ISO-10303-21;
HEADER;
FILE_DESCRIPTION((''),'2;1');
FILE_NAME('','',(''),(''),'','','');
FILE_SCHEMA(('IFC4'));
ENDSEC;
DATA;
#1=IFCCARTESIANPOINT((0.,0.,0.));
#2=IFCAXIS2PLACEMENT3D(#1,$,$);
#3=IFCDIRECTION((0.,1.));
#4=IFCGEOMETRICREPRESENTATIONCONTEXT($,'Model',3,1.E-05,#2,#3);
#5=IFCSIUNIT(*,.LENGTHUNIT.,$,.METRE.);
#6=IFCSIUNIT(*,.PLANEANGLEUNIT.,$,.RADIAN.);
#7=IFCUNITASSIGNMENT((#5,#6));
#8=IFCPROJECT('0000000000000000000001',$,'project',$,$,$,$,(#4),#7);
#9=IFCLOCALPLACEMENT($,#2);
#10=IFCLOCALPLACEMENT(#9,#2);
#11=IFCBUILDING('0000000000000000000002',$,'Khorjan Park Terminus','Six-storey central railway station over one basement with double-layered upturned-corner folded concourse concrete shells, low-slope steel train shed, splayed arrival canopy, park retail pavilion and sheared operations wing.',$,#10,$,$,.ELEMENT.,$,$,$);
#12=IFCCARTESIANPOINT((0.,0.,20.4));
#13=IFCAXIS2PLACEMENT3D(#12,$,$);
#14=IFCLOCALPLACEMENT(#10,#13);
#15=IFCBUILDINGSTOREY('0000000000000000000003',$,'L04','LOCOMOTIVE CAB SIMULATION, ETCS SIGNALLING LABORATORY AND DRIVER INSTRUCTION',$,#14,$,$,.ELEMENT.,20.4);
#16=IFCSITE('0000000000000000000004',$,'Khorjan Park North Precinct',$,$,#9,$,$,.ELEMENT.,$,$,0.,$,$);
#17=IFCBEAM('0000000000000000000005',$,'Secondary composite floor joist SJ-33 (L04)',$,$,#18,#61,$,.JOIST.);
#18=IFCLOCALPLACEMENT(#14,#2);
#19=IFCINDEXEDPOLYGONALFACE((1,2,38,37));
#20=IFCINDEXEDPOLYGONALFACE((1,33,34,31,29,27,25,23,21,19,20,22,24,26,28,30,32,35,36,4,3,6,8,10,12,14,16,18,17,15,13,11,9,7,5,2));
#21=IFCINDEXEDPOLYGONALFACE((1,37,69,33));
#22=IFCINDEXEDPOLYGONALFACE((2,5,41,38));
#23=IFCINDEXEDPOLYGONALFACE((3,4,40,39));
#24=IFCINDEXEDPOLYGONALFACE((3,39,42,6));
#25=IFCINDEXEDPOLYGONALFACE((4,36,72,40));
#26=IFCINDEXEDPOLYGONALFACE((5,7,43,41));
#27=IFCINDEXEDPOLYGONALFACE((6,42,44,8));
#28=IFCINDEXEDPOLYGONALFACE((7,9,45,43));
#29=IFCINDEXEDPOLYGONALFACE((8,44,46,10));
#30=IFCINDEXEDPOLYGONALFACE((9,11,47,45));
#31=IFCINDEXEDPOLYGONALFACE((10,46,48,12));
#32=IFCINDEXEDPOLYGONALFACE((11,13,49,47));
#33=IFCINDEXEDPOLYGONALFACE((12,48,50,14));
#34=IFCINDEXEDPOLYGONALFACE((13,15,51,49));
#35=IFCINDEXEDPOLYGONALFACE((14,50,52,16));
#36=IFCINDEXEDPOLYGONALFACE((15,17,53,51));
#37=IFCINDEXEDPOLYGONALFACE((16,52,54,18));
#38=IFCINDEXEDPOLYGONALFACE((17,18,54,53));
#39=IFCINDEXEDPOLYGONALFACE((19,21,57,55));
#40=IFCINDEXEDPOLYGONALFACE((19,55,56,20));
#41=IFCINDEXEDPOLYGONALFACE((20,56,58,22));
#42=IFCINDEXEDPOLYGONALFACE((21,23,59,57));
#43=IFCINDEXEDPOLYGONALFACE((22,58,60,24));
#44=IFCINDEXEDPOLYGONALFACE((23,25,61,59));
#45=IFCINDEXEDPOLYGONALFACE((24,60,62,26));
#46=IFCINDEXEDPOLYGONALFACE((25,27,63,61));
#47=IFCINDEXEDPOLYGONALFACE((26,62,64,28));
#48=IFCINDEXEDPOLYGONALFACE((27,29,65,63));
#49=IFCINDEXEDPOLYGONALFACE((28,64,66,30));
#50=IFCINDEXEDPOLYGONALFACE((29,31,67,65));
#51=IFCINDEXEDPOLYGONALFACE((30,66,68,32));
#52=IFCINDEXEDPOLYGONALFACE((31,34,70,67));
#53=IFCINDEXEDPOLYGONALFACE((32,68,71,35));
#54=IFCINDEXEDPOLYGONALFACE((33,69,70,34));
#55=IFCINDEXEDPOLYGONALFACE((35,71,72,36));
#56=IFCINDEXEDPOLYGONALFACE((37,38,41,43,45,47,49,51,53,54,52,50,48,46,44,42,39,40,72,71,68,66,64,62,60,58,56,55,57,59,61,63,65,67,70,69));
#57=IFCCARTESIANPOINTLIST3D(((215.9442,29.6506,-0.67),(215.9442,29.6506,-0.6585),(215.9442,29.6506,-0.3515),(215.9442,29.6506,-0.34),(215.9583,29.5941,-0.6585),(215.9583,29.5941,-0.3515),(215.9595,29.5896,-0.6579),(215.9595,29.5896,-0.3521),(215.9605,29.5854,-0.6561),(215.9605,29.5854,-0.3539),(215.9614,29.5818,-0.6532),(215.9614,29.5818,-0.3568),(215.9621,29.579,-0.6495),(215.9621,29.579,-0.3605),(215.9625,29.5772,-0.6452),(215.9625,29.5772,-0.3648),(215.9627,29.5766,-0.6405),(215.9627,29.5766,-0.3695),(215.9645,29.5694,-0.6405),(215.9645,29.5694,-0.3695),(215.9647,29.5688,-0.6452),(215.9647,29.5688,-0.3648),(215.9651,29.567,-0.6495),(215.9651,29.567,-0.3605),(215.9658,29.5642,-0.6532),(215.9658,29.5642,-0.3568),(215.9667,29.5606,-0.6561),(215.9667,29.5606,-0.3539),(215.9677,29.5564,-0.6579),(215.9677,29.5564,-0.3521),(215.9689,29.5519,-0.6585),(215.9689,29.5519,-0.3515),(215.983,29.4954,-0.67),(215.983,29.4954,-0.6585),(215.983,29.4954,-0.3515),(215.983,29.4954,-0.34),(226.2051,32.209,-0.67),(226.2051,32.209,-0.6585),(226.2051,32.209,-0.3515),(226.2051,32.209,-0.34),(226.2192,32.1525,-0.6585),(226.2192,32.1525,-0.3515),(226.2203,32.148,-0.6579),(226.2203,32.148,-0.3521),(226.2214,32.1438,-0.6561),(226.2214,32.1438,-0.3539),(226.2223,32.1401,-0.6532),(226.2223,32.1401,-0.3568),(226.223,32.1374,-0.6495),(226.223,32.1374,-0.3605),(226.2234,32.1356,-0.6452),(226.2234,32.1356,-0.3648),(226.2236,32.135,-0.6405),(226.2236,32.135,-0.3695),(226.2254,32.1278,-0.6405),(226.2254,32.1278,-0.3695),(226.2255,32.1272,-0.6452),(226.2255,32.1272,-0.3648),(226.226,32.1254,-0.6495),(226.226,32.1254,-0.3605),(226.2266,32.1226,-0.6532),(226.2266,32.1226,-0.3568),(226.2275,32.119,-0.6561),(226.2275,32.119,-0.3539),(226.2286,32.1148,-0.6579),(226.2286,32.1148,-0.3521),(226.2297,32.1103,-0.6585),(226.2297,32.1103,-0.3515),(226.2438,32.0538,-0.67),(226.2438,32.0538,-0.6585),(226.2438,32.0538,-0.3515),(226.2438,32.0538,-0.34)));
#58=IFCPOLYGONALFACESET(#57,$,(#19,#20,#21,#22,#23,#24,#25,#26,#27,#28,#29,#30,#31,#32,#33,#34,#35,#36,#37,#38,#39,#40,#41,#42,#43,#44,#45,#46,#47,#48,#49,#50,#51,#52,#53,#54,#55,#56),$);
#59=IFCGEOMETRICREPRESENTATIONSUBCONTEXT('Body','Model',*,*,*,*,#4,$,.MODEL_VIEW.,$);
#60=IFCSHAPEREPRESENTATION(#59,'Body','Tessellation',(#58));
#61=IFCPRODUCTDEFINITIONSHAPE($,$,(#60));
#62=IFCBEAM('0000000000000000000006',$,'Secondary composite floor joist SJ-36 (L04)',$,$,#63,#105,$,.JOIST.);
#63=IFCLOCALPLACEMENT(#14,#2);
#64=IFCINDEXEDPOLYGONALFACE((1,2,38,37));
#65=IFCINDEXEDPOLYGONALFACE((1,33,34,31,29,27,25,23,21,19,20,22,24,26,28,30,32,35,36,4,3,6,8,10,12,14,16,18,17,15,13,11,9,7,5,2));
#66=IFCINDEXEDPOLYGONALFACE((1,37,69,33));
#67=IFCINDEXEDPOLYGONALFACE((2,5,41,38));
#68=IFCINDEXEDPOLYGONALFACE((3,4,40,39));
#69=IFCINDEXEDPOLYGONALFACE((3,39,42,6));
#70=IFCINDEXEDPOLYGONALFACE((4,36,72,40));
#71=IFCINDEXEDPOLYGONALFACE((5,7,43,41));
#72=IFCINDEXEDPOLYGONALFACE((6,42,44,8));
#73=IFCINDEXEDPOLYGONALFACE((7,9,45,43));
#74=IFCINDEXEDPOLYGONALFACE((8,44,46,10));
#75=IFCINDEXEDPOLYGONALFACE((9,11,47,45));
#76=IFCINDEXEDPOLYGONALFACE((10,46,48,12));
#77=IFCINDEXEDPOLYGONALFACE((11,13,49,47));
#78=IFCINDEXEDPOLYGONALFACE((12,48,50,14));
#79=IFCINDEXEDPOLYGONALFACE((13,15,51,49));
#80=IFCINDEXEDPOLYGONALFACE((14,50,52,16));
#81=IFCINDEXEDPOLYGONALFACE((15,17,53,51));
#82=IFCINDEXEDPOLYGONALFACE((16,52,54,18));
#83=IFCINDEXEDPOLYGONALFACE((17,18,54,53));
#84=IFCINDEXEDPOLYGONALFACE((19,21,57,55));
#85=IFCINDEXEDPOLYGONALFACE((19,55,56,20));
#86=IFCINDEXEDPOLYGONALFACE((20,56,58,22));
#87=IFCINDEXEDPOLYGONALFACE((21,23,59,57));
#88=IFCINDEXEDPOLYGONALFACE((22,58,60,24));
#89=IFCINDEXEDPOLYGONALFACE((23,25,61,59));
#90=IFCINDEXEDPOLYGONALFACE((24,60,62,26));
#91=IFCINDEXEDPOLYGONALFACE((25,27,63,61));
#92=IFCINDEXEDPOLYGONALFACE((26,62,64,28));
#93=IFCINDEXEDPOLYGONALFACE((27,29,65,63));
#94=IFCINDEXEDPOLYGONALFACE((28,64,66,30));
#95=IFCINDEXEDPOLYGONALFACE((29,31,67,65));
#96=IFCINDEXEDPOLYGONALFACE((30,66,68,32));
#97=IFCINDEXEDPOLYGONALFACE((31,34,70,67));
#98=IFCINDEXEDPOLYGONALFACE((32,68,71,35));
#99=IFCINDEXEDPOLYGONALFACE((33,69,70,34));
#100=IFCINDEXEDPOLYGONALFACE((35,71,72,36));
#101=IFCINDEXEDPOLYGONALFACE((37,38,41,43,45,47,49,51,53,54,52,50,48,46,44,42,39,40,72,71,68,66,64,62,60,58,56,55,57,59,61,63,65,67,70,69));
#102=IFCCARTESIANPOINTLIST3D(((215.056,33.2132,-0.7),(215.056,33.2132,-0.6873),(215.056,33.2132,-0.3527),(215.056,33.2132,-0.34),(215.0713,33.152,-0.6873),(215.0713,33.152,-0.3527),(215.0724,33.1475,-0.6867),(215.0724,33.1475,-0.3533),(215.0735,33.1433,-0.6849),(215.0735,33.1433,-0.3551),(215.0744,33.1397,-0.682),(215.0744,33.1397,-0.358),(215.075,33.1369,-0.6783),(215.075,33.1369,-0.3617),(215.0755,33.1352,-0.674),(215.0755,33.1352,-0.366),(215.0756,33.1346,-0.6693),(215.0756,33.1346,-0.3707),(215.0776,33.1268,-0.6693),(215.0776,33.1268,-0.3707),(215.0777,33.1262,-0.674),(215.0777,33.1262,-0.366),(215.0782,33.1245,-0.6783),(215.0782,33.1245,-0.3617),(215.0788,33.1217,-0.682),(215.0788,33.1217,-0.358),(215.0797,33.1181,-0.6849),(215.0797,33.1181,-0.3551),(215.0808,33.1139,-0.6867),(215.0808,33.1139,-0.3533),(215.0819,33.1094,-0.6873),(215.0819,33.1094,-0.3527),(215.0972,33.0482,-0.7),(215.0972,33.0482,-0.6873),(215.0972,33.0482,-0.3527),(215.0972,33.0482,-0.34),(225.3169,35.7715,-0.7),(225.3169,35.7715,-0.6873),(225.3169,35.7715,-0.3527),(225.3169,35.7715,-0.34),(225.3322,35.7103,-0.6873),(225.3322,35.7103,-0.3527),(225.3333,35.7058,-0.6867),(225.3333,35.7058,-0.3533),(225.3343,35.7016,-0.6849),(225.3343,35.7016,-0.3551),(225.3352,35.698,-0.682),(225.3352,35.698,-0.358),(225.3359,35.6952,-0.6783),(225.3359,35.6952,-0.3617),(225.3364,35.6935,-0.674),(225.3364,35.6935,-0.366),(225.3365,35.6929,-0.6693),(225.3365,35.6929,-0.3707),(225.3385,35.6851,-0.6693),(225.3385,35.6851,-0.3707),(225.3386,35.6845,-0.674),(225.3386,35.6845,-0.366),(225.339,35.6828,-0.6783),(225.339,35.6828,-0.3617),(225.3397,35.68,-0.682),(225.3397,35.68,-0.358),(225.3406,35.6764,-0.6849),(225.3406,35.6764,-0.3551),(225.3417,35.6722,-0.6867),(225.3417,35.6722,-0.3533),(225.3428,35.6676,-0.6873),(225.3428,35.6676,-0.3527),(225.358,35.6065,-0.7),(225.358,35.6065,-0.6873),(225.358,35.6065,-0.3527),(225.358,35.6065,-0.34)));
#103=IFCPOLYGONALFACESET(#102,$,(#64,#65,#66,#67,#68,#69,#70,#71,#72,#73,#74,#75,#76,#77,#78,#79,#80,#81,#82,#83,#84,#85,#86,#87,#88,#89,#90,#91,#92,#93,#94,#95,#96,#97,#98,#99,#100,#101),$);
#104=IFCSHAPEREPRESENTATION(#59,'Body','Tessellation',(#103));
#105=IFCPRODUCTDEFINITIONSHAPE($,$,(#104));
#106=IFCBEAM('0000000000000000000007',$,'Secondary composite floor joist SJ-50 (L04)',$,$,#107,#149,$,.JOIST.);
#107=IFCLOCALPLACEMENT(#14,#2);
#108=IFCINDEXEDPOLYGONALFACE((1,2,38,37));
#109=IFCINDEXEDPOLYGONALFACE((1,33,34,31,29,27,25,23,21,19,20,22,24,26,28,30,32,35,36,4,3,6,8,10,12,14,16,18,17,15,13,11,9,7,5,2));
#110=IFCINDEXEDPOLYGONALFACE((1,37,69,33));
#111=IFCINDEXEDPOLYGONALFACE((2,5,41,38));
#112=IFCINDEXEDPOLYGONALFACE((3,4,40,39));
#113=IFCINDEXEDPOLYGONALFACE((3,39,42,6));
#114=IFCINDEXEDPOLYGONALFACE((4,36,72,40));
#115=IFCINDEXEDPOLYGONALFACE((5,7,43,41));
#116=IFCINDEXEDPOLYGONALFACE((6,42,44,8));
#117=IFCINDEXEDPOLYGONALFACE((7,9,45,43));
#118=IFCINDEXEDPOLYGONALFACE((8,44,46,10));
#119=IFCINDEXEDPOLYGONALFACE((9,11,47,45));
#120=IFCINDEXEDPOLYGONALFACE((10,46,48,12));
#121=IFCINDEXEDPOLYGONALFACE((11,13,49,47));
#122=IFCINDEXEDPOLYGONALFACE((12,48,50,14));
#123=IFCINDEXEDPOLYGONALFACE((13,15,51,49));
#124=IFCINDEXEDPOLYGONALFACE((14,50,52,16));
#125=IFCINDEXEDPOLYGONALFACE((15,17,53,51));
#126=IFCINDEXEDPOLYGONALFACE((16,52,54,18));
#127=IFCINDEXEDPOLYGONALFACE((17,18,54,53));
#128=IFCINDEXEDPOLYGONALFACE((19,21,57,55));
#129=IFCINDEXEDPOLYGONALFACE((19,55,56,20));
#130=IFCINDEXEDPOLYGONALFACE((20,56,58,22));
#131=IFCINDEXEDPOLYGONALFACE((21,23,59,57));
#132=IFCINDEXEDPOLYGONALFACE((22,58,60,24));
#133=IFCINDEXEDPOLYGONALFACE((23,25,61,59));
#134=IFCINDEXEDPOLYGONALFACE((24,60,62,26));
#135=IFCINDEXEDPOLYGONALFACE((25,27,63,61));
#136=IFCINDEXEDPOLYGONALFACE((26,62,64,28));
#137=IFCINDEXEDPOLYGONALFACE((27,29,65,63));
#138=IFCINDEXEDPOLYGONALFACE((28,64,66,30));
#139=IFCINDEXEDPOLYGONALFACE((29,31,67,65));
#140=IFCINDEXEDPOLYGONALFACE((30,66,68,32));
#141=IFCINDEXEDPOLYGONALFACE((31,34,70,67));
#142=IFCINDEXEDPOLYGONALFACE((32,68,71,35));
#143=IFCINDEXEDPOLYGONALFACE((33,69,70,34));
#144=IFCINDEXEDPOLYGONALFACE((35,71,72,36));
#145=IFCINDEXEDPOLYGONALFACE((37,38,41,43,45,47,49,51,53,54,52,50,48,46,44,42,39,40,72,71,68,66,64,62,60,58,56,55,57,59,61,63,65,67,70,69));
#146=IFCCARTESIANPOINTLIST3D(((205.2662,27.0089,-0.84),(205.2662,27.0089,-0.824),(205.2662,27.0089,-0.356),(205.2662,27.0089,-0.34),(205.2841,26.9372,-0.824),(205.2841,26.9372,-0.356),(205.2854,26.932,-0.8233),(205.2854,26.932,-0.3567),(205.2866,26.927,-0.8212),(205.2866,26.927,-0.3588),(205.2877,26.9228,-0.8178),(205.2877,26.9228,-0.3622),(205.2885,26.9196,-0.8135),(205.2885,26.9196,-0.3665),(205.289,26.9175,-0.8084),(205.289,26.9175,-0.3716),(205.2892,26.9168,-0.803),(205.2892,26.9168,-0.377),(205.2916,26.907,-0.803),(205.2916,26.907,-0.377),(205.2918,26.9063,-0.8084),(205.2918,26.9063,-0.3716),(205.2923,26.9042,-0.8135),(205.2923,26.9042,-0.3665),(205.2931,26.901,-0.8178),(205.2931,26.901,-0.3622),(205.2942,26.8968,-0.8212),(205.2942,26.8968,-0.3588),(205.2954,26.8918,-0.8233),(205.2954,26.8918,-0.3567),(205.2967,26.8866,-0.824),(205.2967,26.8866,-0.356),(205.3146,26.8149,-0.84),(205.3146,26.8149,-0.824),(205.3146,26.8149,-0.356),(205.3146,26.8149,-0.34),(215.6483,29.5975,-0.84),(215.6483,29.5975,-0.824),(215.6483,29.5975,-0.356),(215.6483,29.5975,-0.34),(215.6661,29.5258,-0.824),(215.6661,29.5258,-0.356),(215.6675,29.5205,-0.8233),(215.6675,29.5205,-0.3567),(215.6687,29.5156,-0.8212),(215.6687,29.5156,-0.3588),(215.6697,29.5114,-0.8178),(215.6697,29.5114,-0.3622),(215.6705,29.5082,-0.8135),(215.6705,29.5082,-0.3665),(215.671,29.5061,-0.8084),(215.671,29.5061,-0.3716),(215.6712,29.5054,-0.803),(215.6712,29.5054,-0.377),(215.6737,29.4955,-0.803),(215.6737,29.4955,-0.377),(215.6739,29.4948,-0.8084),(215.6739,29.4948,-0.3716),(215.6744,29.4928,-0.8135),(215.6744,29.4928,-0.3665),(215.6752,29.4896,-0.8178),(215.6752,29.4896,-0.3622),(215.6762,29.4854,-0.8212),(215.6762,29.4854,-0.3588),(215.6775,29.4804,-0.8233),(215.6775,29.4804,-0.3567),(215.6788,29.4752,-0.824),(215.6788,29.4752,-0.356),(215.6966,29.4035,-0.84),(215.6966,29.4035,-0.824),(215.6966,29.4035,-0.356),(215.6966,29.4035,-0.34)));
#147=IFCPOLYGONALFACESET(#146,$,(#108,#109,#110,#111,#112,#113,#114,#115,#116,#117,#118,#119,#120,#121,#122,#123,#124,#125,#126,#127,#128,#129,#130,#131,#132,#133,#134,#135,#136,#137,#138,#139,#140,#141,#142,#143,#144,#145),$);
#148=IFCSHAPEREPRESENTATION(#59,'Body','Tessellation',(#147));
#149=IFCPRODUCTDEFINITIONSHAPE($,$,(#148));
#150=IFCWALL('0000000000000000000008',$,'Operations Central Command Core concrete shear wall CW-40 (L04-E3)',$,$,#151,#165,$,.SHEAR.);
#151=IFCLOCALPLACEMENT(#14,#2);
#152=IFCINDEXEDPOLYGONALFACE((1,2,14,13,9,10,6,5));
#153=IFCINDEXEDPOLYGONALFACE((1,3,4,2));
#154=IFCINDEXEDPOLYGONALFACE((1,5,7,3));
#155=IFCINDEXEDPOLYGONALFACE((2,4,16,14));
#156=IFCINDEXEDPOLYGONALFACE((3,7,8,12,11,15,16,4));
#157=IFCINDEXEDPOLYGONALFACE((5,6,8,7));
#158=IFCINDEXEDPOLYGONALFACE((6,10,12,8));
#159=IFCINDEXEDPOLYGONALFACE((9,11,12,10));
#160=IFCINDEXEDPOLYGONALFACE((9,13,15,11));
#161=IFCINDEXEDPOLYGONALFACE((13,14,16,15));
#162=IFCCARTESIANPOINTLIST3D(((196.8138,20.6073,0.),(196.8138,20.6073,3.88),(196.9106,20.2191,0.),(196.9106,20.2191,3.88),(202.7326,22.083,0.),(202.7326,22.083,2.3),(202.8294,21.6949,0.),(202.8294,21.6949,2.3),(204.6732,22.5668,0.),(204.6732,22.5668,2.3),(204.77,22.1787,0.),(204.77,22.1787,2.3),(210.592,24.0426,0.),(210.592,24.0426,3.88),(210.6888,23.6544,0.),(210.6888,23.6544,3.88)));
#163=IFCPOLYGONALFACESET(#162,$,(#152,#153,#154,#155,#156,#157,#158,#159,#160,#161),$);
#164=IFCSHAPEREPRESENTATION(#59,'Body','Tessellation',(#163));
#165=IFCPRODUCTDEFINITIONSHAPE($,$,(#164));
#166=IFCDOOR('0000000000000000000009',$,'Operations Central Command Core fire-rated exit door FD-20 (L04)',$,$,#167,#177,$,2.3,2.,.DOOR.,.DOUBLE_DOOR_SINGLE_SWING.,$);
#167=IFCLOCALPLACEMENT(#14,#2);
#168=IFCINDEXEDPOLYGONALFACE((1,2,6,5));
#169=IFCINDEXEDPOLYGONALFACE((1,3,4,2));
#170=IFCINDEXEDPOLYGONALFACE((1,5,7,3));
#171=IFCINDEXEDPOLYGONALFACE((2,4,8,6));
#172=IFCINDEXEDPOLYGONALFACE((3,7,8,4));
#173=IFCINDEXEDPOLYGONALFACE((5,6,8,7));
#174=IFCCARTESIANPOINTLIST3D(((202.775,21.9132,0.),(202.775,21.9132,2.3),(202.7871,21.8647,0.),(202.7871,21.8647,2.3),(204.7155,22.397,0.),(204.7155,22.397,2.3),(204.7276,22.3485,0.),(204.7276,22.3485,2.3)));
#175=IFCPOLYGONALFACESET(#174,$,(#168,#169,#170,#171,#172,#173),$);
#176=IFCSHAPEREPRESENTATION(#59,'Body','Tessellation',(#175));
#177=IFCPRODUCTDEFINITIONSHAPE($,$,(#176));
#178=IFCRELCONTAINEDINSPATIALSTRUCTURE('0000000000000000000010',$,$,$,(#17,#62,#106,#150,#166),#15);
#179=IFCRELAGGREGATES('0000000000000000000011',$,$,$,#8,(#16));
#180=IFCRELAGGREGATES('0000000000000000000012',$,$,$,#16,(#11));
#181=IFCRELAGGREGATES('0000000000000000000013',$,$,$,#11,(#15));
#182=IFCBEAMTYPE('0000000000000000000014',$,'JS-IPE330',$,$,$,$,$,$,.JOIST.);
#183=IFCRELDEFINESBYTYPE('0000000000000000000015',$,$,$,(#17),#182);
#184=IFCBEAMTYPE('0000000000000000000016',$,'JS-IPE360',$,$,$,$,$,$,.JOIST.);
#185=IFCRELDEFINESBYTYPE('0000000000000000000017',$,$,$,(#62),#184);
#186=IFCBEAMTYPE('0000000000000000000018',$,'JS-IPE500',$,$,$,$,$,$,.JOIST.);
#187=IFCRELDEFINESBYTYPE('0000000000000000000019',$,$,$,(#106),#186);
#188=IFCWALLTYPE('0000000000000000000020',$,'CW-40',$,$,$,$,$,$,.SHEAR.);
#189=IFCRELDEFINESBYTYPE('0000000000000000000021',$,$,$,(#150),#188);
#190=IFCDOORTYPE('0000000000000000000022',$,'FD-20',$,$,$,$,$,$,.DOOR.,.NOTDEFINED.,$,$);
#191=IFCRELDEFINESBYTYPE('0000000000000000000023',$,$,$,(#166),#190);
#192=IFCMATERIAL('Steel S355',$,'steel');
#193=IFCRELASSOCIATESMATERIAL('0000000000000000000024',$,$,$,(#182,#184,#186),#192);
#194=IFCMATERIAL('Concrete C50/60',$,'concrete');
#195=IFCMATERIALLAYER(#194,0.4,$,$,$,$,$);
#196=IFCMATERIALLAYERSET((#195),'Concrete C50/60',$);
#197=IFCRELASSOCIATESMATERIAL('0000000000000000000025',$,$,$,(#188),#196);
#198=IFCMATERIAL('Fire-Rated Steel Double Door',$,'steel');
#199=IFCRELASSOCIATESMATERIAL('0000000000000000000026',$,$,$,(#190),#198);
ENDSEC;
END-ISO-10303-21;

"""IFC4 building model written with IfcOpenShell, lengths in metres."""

from ifc_helpers import new_model, si_unit, direction, frame, frame_2d, origin, origin_2d, place, context, subcontext, project, spatial, rectangle, i_section, extrude, material, layer, layer_set, material_profile, profile_set, type_object, element, fill, save


model = new_model("IFC4")

# Units and contexts
model_context = context("Model", 3, precision=1e-05, world=origin(), true_north=direction((0.0, 1.0)))
body_context = subcontext(model_context, "Body", "Model", "MODEL_VIEW")
ifc_project = project(units=[si_unit("LENGTHUNIT", "METRE"), si_unit("PLANEANGLEUNIT", "RADIAN")], contexts=[model_context])

# Site, building, storey
site_placement = place(None, origin())
site = spatial("IfcSite", under=ifc_project, at=site_placement, Name="Khorjan Park North Precinct", CompositionType="ELEMENT", RefElevation=0.0)
building_placement = place(site_placement, origin())
building = spatial("IfcBuilding", under=site, at=building_placement, Name="Khorjan Park Terminus", Description="Six-storey central railway station over one basement with double-layered upturned-corner folded concourse concrete shells, low-slope steel train shed, splayed arrival canopy, park retail pavilion and sheared operations wing.", CompositionType="ELEMENT")
storey_placement = place(building_placement, frame((0.0, 0.0, 20.4)))
storey = spatial("IfcBuildingStorey", under=building, at=storey_placement, Name="L04", Description="LOCOMOTIVE CAB SIMULATION, ETCS SIGNALLING LABORATORY AND DRIVER INSTRUCTION", CompositionType="ELEMENT", Elevation=20.4)

# Shared definitions
ifc_material_1 = material(Name="Concrete C50/60", Category="concrete")

# Beams
ifc_material_2 = material(Name="Steel S355", Category="steel")
ifc_material_profile_1 = material_profile(ifc_material_2, i_section(OverallWidth=0.16, OverallDepth=0.33, WebThickness=0.0075, FlangeThickness=0.0115, FilletRadius=0.018, at=origin_2d()), Name="IPE 330")
ifc_profile_set_1 = profile_set([ifc_material_profile_1], Name="Steel S355")
beam_type_1 = type_object("IfcBeamType", Name="JS-IPE330", PredefinedType="JOIST", material=ifc_profile_set_1)
beam_1_placement = place(storey_placement, frame((215.9636, 29.573, -0.505), z_axis=(0.970294, 0.241928, 0.0), x_axis=(-0.241928, 0.970294, 0.0)))
element("IfcBeam", 1, at=beam_1_placement, inside=storey, type_object=beam_type_1, Name="Secondary composite floor joist SJ-33 (L04)", PredefinedType="JOIST", context=body_context, shape_type="SweptSolid", body=[
    extrude(i_section(OverallWidth=0.16, OverallDepth=0.33, WebThickness=0.0075, FlangeThickness=0.0115, FilletRadius=0.018, at=origin_2d()), origin(), (0.0, 0.0, 1.0), 10.575),
])
ifc_material_profile_2 = material_profile(ifc_material_2, i_section(OverallWidth=0.17, OverallDepth=0.36, WebThickness=0.008, FlangeThickness=0.0127, FilletRadius=0.018, at=origin_2d()), Name="IPE 360")
ifc_profile_set_2 = profile_set([ifc_material_profile_2], Name="Steel S355")
beam_type_2 = type_object("IfcBeamType", Name="JS-IPE360", PredefinedType="JOIST", material=ifc_profile_set_2)
beam_2_placement = place(storey_placement, frame((215.0766, 33.1307, -0.52), z_axis=(0.970296, 0.241919, 0.0), x_axis=(-0.241919, 0.970296, 0.0)))
element("IfcBeam", 2, at=beam_2_placement, inside=storey, type_object=beam_type_2, Name="Secondary composite floor joist SJ-36 (L04)", PredefinedType="JOIST", context=body_context, shape_type="SweptSolid", body=[
    extrude(i_section(OverallWidth=0.17, OverallDepth=0.36, WebThickness=0.008, FlangeThickness=0.0127, FilletRadius=0.018, at=origin_2d()), origin(), (0.0, 0.0, 1.0), 10.575),
])
ifc_material_profile_3 = material_profile(ifc_material_2, i_section(OverallWidth=0.2, OverallDepth=0.5, WebThickness=0.0102, FlangeThickness=0.016, FilletRadius=0.021, at=origin_2d()), Name="IPE 500")
ifc_profile_set_3 = profile_set([ifc_material_profile_3], Name="Steel S355")
beam_type_3 = type_object("IfcBeamType", Name="JS-IPE500", PredefinedType="JOIST", material=ifc_profile_set_3)
beam_3_placement = place(storey_placement, frame((205.2904, 26.9119, -0.59), z_axis=(0.970295, 0.241926, 0.0), x_axis=(-0.241926, 0.970295, 0.0)))
element("IfcBeam", 3, at=beam_3_placement, inside=storey, type_object=beam_type_3, Name="Secondary composite floor joist SJ-50 (L04)", PredefinedType="JOIST", context=body_context, shape_type="SweptSolid", body=[
    extrude(i_section(OverallWidth=0.2, OverallDepth=0.5, WebThickness=0.0102, FlangeThickness=0.016, FilletRadius=0.021, at=origin_2d()), origin(), (0.0, 0.0, 1.0), 10.6999),
])

# Wall, opening, door
ifc_layer_1 = layer(ifc_material_1, 0.4)
ifc_layer_set_1 = layer_set([ifc_layer_1], Name="Concrete C50/60")
wall_type_1 = type_object("IfcWallType", Name="CW-40", PredefinedType="SHEAR", material=ifc_layer_set_1)
wall_1_placement = place(storey_placement, frame((210.6404, 23.8485, 0.0), z_axis=(0.0, 0.0, 1.0), x_axis=(-0.970296, -0.241922, 0.0)))
wall_1 = element("IfcWall", 4, at=wall_1_placement, inside=storey, type_object=wall_type_1, Name="Operations Central Command Core concrete shear wall CW-40 (L04-E3)", PredefinedType="SHEAR", context=body_context, shape_type="SweptSolid", body=[
    extrude(rectangle(XDim=14.2, YDim=0.4, at=frame_2d((7.1, 0.0))), origin(), (0.0, 0.0, 1.0), 3.88),
])
opening_1_placement = place(wall_1_placement, frame((6.1, 0.0, 0.0)))
opening_1 = element("IfcOpeningElement", 5, at=opening_1_placement, cuts=wall_1, PredefinedType="OPENING", context=body_context, shape_type="SweptSolid", body=[
    extrude(rectangle(XDim=2.0, YDim=2.3, at=frame_2d((1.0, 1.15))), frame((0.0, 0.21, 0.0), z_axis=(0.0, -1.0, 0.0), x_axis=(1.0, 0.0, 0.0)), (0.0, 0.0, 1.0), 0.42),
])
ifc_material_3 = material(Name="Fire-Rated Steel Double Door", Category="steel")
door_type_1 = type_object("IfcDoorType", Name="FD-20", OperationType="NOTDEFINED", PredefinedType="DOOR", material=ifc_material_3)
door_1_placement = place(opening_1_placement, origin())
door_1 = element("IfcDoor", 6, at=door_1_placement, inside=storey, type_object=door_type_1, Name="Operations Central Command Core fire-rated exit door FD-20 (L04)", OperationType="DOUBLE_DOOR_SINGLE_SWING", OverallHeight=2.3, OverallWidth=2.0, PredefinedType="DOOR", context=body_context, shape_type="SweptSolid", body=[
    extrude(rectangle(XDim=2.0, YDim=2.3, at=frame_2d((1.0, 1.15))), frame((0.0, 0.025, 0.0), z_axis=(0.0, -1.0, 0.0), x_axis=(1.0, 0.0, 0.0)), (0.0, 0.0, 1.0), 0.05),
])
fill(opening_1, door_1)

save(model, "model.ifc")
